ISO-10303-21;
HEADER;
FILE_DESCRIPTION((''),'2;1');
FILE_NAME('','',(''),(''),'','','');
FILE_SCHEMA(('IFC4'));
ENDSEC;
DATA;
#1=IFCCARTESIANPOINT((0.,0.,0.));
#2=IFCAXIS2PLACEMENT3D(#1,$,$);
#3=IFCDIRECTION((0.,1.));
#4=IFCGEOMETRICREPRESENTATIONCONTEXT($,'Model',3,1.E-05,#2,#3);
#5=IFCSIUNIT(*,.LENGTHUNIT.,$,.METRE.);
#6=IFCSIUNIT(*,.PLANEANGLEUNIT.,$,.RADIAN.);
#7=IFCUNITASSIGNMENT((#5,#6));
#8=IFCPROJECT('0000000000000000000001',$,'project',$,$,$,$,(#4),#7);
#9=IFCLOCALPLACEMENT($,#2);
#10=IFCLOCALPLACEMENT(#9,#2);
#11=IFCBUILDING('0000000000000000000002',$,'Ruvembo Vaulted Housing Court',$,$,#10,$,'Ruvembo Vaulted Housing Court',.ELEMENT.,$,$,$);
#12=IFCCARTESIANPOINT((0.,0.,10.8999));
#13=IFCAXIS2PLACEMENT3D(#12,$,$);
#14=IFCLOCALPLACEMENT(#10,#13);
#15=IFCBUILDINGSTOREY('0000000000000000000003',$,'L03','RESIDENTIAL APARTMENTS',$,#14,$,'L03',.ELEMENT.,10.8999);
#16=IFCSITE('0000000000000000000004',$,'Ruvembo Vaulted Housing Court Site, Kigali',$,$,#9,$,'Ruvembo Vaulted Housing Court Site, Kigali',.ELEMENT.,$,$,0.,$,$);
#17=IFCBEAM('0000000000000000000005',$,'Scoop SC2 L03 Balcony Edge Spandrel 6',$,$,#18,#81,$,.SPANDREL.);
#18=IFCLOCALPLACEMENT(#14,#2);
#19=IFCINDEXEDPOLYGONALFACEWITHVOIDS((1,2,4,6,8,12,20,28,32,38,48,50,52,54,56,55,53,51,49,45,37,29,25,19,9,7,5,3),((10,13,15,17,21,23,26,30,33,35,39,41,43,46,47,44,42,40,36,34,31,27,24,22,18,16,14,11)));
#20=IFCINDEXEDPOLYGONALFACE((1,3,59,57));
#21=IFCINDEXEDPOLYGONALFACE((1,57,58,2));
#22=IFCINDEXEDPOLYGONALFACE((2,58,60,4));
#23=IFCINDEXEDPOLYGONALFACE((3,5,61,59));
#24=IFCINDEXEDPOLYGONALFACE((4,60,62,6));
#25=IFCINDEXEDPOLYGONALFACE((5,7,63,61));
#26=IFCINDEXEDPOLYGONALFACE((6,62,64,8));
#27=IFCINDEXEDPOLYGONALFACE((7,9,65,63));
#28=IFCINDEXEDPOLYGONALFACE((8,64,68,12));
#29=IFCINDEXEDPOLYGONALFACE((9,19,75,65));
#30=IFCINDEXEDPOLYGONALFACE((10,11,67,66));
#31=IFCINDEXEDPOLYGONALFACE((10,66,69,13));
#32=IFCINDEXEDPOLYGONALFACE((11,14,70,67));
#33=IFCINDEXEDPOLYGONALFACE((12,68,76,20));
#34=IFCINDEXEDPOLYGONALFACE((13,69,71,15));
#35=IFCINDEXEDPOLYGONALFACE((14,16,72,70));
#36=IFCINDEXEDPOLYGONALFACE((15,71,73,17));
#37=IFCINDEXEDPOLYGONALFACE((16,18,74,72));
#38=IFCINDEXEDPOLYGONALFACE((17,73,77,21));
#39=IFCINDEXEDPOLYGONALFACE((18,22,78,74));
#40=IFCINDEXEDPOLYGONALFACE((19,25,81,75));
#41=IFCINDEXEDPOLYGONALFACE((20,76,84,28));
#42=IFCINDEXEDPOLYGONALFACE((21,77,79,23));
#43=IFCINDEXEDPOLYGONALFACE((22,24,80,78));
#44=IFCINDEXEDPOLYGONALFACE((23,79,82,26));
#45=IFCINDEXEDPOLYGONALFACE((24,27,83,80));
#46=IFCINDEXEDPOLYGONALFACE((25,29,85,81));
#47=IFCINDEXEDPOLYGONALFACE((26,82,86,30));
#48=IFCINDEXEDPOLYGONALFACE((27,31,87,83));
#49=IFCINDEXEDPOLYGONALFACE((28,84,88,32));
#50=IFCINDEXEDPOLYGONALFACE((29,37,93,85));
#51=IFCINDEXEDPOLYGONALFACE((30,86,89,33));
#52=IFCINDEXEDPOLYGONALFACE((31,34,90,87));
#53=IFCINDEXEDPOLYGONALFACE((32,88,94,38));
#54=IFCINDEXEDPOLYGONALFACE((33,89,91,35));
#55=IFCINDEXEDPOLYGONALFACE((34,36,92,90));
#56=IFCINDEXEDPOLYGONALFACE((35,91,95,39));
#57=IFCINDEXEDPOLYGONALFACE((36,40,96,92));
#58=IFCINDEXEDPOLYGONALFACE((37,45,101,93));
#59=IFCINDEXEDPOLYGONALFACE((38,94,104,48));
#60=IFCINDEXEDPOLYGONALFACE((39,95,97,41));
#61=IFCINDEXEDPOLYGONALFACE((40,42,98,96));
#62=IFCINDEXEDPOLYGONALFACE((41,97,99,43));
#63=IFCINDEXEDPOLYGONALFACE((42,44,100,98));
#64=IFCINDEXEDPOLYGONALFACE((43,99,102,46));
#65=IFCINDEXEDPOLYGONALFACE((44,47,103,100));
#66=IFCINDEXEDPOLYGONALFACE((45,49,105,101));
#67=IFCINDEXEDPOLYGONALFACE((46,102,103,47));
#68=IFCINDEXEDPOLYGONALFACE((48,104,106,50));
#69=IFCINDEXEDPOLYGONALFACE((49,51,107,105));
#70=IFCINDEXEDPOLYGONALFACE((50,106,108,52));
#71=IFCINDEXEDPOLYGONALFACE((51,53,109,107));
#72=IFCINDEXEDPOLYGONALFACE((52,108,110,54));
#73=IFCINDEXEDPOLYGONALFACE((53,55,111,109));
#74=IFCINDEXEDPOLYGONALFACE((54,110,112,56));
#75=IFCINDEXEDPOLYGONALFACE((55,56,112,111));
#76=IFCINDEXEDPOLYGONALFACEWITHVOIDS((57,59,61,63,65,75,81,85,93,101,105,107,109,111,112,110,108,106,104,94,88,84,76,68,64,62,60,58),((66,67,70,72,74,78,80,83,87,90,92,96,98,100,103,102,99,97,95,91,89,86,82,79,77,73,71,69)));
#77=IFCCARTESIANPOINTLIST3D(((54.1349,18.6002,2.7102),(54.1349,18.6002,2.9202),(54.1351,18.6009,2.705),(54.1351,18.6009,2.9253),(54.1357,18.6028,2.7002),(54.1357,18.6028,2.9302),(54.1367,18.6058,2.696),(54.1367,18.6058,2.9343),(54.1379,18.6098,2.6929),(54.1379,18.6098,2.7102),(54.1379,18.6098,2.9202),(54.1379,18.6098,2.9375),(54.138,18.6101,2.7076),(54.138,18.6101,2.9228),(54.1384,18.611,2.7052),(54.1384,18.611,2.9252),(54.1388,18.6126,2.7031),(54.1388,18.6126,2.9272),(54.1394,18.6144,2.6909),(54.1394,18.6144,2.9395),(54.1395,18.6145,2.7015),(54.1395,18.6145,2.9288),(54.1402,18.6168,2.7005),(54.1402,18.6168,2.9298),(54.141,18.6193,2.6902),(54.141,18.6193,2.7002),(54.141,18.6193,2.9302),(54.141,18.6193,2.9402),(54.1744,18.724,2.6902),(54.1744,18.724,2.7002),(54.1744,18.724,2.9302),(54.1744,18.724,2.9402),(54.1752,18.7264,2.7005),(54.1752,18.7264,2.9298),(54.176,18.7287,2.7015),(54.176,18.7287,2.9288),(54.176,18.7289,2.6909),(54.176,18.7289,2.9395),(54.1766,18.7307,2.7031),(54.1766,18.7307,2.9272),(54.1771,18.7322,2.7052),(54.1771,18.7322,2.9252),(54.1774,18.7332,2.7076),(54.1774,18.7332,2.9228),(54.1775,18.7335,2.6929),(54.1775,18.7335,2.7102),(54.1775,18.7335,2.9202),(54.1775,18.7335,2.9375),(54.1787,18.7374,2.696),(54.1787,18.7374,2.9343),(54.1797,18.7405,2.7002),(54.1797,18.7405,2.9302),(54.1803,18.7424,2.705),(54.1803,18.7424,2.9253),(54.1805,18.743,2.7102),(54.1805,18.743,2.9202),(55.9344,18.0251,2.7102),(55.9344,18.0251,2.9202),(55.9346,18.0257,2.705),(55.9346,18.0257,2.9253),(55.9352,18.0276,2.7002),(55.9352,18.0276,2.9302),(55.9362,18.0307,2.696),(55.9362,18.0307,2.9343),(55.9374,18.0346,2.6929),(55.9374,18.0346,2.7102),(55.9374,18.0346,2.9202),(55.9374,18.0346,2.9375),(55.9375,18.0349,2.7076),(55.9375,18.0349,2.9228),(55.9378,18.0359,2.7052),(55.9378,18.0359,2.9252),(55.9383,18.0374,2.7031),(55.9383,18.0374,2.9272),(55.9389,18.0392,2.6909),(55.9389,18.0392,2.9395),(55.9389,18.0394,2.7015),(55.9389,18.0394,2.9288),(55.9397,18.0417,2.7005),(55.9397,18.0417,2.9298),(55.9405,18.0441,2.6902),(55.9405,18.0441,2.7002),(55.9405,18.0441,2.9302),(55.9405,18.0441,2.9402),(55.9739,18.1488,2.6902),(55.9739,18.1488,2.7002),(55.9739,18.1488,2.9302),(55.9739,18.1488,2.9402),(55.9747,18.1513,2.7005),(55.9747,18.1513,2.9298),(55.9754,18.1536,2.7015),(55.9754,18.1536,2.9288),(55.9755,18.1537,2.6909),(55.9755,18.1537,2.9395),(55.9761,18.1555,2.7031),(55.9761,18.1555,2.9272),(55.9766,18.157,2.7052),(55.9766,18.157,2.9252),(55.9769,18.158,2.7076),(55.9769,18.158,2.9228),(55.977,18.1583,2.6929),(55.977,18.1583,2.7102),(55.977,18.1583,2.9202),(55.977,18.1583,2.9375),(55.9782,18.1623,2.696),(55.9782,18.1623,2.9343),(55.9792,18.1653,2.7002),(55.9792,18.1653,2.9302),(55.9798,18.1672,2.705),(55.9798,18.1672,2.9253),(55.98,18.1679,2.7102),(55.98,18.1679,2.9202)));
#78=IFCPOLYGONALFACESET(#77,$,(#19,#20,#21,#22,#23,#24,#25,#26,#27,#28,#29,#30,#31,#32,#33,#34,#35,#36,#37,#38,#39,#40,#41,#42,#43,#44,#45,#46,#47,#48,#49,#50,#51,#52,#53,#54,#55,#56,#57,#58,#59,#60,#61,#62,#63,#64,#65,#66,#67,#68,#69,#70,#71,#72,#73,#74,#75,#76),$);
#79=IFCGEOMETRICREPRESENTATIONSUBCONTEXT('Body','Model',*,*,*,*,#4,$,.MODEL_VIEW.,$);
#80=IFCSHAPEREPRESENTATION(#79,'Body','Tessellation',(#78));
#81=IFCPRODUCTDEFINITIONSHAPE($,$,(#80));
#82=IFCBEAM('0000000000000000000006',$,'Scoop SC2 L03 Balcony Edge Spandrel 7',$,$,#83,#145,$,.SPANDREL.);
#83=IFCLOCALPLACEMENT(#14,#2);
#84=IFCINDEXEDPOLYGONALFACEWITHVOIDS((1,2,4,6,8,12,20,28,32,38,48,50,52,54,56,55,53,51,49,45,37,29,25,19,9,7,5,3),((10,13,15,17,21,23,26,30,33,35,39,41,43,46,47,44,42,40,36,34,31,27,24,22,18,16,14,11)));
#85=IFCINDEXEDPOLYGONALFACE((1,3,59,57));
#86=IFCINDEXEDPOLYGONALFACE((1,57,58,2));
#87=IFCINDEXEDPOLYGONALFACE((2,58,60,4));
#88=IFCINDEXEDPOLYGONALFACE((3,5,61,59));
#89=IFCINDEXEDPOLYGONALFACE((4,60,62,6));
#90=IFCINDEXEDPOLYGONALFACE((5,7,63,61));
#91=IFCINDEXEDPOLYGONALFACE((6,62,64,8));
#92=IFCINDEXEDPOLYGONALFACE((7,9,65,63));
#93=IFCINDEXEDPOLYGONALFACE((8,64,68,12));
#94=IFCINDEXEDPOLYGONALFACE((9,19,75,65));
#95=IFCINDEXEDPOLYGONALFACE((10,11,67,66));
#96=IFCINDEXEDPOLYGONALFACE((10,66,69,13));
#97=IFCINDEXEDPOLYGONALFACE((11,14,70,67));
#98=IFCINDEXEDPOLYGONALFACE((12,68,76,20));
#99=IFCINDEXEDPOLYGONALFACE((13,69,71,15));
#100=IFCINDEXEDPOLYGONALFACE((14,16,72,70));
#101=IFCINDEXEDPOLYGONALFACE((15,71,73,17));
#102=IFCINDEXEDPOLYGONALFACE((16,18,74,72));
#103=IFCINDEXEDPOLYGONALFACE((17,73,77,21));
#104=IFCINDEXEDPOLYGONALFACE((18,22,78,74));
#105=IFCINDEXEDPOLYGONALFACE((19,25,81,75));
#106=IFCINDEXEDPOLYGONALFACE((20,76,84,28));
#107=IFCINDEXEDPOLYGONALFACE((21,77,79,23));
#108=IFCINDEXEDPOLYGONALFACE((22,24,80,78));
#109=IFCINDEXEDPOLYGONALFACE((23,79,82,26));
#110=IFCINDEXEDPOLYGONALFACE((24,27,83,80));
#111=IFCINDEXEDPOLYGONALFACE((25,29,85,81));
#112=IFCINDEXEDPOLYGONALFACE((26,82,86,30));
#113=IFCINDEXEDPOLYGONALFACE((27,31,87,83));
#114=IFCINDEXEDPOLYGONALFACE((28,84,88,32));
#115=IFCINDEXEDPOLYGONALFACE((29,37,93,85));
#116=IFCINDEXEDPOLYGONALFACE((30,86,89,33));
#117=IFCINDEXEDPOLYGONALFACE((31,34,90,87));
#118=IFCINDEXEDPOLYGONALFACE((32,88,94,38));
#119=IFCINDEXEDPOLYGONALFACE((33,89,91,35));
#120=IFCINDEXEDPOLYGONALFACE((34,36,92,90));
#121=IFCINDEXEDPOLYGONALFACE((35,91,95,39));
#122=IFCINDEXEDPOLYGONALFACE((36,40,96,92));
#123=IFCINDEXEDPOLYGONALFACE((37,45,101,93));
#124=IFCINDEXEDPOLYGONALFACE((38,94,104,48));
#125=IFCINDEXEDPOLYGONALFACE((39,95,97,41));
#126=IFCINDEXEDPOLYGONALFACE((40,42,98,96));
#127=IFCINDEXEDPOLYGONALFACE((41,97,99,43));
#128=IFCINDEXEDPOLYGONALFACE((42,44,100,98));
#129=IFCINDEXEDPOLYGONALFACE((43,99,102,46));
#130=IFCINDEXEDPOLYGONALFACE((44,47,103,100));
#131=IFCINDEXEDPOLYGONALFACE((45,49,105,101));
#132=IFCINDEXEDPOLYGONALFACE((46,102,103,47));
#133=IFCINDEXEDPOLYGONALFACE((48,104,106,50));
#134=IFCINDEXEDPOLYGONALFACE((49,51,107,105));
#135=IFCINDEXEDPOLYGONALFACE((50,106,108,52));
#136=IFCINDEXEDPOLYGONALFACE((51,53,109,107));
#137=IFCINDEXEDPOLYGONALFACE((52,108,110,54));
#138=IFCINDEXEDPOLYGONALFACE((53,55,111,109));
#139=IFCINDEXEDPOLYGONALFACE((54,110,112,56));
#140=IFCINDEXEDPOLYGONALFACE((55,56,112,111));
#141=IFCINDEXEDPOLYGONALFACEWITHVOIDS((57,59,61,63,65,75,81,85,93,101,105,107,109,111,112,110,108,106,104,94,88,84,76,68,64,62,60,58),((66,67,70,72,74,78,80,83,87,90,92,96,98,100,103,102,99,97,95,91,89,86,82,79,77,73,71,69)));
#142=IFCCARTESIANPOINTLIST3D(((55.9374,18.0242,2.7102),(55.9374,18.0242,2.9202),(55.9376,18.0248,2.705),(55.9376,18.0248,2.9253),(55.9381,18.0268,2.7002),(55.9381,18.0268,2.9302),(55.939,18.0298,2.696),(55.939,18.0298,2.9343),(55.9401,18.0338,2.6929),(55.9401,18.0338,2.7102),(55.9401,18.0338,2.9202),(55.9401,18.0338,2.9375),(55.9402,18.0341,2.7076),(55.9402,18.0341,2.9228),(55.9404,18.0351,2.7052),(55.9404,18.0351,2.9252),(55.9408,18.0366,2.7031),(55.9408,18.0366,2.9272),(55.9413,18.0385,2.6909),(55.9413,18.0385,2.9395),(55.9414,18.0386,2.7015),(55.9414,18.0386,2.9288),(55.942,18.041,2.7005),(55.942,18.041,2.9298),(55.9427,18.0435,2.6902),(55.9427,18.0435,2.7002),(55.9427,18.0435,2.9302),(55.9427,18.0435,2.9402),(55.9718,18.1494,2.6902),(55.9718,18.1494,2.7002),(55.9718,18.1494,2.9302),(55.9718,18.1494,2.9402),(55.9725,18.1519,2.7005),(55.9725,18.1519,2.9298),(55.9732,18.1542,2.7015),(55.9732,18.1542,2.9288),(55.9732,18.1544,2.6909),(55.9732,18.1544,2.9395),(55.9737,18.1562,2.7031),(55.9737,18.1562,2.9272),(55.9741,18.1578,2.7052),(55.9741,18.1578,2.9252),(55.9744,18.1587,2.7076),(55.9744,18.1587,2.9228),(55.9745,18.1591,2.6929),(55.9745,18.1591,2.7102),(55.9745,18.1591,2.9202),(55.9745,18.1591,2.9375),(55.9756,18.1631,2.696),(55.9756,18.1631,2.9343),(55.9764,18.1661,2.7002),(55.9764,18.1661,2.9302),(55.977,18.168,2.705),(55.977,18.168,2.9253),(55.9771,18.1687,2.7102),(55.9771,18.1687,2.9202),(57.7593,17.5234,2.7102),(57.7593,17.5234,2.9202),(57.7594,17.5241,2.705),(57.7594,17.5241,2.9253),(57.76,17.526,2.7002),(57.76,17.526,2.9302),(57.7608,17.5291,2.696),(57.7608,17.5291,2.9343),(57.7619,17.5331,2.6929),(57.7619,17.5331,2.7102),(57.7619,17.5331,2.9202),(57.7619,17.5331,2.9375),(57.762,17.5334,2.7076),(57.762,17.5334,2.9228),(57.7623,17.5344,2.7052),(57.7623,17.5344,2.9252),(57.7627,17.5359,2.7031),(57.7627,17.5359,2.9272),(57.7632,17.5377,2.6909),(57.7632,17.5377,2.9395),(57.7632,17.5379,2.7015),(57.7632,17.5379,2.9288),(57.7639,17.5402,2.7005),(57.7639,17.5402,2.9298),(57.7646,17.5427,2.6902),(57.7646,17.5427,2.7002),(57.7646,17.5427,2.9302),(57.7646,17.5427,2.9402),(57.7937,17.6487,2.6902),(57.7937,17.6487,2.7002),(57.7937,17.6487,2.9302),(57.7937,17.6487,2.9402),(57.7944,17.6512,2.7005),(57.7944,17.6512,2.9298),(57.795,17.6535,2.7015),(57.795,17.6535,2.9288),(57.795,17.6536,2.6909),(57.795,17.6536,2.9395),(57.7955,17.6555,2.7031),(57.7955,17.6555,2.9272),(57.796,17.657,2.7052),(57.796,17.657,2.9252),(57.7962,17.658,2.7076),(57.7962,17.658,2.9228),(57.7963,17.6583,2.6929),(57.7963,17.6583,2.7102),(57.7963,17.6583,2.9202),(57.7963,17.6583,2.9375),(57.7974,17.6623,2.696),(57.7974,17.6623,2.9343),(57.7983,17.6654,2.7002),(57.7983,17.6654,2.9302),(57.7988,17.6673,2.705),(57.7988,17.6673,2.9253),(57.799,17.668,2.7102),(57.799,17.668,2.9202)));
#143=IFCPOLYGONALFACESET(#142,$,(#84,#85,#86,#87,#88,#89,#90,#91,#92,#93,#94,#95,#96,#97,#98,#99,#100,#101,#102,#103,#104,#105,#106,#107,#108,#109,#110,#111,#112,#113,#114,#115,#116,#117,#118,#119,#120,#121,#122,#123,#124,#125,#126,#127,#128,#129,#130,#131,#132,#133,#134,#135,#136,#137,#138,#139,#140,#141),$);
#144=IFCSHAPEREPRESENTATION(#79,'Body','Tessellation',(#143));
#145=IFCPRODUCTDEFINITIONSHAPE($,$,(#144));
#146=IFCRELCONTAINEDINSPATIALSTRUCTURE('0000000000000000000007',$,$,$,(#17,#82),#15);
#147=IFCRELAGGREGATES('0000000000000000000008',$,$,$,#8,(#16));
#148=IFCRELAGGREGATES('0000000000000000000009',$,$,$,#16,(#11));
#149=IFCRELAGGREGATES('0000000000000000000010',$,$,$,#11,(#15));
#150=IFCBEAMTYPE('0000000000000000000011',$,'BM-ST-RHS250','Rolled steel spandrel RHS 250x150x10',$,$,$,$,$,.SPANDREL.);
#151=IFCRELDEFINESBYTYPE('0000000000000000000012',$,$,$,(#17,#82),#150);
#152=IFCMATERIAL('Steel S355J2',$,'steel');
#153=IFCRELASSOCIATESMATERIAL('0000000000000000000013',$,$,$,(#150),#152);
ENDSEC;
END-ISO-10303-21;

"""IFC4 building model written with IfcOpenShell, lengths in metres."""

from ifc_helpers import new_model, si_unit, direction, frame, origin, origin_2d, place, context, subcontext, project, spatial, hollow_rectangle, extrude, material, material_profile, profile_set, type_object, element, save


model = new_model("IFC4")

# Units and contexts
model_context = context("Model", 3, precision=1e-05, world=origin(), true_north=direction((0.0, 1.0)))
body_context = subcontext(model_context, "Body", "Model", "MODEL_VIEW")
ifc_project = project(units=[si_unit("LENGTHUNIT", "METRE"), si_unit("PLANEANGLEUNIT", "RADIAN")], contexts=[model_context])

# Site, building, storey
site_placement = place(None, origin())
site = spatial("IfcSite", under=ifc_project, at=site_placement, Name="Ruvembo Vaulted Housing Court Site, Kigali", LongName="Ruvembo Vaulted Housing Court Site, Kigali", CompositionType="ELEMENT", RefElevation=0.0)
building_placement = place(site_placement, origin())
building = spatial("IfcBuilding", under=site, at=building_placement, Name="Ruvembo Vaulted Housing Court", LongName="Ruvembo Vaulted Housing Court", CompositionType="ELEMENT")
storey_placement = place(building_placement, frame((0.0, 0.0, 10.8999)))
storey = spatial("IfcBuildingStorey", under=building, at=storey_placement, Name="L03", Description="RESIDENTIAL APARTMENTS", LongName="L03", CompositionType="ELEMENT", Elevation=10.8999)

# Beams
ifc_material_1 = material(Name="Steel S355J2", Category="steel")
ifc_material_profile_1 = material_profile(ifc_material_1, hollow_rectangle(XDim=0.1499, YDim=0.25, WallThickness=0.01, InnerFilletRadius=0.01, OuterFilletRadius=0.02, at=origin_2d()), Name="RHS 250x150x10")
ifc_profile_set_1 = profile_set([ifc_material_profile_1], Name="Steel S355J2")
beam_type = type_object("IfcBeamType", Name="BM-ST-RHS250", Description="Rolled steel spandrel RHS 250x150x10", PredefinedType="SPANDREL", material=ifc_profile_set_1)
beam_1_placement = place(storey_placement, frame((54.1577, 18.6716, 2.8152), z_axis=(0.952526, -0.304457, 0.0), x_axis=(0.304457, 0.952526, 0.0)))
element("IfcBeam", 1, at=beam_1_placement, inside=storey, type_object=beam_type, Name="Scoop SC2 L03 Balcony Edge Spandrel 6", PredefinedType="SPANDREL", context=body_context, shape_type="SweptSolid", body=[
    extrude(hollow_rectangle(XDim=0.1499, YDim=0.25, WallThickness=0.01, InnerFilletRadius=0.01, OuterFilletRadius=0.02, at=origin_2d()), origin(), (0.0, 0.0, 1.0), 1.8892),
])
beam_2_placement = place(storey_placement, frame((55.9573, 18.0964, 2.8152), z_axis=(0.96424, -0.26503, 0.0), x_axis=(0.26503, 0.96424, 0.0)))
element("IfcBeam", 2, at=beam_2_placement, inside=storey, type_object=beam_type, Name="Scoop SC2 L03 Balcony Edge Spandrel 7", PredefinedType="SPANDREL", context=body_context, shape_type="SweptSolid", body=[
    extrude(hollow_rectangle(XDim=0.1499, YDim=0.25, WallThickness=0.01, InnerFilletRadius=0.01, OuterFilletRadius=0.02, at=origin_2d()), origin(), (0.0, 0.0, 1.0), 1.8894),
])

save(model, "model.ifc")
